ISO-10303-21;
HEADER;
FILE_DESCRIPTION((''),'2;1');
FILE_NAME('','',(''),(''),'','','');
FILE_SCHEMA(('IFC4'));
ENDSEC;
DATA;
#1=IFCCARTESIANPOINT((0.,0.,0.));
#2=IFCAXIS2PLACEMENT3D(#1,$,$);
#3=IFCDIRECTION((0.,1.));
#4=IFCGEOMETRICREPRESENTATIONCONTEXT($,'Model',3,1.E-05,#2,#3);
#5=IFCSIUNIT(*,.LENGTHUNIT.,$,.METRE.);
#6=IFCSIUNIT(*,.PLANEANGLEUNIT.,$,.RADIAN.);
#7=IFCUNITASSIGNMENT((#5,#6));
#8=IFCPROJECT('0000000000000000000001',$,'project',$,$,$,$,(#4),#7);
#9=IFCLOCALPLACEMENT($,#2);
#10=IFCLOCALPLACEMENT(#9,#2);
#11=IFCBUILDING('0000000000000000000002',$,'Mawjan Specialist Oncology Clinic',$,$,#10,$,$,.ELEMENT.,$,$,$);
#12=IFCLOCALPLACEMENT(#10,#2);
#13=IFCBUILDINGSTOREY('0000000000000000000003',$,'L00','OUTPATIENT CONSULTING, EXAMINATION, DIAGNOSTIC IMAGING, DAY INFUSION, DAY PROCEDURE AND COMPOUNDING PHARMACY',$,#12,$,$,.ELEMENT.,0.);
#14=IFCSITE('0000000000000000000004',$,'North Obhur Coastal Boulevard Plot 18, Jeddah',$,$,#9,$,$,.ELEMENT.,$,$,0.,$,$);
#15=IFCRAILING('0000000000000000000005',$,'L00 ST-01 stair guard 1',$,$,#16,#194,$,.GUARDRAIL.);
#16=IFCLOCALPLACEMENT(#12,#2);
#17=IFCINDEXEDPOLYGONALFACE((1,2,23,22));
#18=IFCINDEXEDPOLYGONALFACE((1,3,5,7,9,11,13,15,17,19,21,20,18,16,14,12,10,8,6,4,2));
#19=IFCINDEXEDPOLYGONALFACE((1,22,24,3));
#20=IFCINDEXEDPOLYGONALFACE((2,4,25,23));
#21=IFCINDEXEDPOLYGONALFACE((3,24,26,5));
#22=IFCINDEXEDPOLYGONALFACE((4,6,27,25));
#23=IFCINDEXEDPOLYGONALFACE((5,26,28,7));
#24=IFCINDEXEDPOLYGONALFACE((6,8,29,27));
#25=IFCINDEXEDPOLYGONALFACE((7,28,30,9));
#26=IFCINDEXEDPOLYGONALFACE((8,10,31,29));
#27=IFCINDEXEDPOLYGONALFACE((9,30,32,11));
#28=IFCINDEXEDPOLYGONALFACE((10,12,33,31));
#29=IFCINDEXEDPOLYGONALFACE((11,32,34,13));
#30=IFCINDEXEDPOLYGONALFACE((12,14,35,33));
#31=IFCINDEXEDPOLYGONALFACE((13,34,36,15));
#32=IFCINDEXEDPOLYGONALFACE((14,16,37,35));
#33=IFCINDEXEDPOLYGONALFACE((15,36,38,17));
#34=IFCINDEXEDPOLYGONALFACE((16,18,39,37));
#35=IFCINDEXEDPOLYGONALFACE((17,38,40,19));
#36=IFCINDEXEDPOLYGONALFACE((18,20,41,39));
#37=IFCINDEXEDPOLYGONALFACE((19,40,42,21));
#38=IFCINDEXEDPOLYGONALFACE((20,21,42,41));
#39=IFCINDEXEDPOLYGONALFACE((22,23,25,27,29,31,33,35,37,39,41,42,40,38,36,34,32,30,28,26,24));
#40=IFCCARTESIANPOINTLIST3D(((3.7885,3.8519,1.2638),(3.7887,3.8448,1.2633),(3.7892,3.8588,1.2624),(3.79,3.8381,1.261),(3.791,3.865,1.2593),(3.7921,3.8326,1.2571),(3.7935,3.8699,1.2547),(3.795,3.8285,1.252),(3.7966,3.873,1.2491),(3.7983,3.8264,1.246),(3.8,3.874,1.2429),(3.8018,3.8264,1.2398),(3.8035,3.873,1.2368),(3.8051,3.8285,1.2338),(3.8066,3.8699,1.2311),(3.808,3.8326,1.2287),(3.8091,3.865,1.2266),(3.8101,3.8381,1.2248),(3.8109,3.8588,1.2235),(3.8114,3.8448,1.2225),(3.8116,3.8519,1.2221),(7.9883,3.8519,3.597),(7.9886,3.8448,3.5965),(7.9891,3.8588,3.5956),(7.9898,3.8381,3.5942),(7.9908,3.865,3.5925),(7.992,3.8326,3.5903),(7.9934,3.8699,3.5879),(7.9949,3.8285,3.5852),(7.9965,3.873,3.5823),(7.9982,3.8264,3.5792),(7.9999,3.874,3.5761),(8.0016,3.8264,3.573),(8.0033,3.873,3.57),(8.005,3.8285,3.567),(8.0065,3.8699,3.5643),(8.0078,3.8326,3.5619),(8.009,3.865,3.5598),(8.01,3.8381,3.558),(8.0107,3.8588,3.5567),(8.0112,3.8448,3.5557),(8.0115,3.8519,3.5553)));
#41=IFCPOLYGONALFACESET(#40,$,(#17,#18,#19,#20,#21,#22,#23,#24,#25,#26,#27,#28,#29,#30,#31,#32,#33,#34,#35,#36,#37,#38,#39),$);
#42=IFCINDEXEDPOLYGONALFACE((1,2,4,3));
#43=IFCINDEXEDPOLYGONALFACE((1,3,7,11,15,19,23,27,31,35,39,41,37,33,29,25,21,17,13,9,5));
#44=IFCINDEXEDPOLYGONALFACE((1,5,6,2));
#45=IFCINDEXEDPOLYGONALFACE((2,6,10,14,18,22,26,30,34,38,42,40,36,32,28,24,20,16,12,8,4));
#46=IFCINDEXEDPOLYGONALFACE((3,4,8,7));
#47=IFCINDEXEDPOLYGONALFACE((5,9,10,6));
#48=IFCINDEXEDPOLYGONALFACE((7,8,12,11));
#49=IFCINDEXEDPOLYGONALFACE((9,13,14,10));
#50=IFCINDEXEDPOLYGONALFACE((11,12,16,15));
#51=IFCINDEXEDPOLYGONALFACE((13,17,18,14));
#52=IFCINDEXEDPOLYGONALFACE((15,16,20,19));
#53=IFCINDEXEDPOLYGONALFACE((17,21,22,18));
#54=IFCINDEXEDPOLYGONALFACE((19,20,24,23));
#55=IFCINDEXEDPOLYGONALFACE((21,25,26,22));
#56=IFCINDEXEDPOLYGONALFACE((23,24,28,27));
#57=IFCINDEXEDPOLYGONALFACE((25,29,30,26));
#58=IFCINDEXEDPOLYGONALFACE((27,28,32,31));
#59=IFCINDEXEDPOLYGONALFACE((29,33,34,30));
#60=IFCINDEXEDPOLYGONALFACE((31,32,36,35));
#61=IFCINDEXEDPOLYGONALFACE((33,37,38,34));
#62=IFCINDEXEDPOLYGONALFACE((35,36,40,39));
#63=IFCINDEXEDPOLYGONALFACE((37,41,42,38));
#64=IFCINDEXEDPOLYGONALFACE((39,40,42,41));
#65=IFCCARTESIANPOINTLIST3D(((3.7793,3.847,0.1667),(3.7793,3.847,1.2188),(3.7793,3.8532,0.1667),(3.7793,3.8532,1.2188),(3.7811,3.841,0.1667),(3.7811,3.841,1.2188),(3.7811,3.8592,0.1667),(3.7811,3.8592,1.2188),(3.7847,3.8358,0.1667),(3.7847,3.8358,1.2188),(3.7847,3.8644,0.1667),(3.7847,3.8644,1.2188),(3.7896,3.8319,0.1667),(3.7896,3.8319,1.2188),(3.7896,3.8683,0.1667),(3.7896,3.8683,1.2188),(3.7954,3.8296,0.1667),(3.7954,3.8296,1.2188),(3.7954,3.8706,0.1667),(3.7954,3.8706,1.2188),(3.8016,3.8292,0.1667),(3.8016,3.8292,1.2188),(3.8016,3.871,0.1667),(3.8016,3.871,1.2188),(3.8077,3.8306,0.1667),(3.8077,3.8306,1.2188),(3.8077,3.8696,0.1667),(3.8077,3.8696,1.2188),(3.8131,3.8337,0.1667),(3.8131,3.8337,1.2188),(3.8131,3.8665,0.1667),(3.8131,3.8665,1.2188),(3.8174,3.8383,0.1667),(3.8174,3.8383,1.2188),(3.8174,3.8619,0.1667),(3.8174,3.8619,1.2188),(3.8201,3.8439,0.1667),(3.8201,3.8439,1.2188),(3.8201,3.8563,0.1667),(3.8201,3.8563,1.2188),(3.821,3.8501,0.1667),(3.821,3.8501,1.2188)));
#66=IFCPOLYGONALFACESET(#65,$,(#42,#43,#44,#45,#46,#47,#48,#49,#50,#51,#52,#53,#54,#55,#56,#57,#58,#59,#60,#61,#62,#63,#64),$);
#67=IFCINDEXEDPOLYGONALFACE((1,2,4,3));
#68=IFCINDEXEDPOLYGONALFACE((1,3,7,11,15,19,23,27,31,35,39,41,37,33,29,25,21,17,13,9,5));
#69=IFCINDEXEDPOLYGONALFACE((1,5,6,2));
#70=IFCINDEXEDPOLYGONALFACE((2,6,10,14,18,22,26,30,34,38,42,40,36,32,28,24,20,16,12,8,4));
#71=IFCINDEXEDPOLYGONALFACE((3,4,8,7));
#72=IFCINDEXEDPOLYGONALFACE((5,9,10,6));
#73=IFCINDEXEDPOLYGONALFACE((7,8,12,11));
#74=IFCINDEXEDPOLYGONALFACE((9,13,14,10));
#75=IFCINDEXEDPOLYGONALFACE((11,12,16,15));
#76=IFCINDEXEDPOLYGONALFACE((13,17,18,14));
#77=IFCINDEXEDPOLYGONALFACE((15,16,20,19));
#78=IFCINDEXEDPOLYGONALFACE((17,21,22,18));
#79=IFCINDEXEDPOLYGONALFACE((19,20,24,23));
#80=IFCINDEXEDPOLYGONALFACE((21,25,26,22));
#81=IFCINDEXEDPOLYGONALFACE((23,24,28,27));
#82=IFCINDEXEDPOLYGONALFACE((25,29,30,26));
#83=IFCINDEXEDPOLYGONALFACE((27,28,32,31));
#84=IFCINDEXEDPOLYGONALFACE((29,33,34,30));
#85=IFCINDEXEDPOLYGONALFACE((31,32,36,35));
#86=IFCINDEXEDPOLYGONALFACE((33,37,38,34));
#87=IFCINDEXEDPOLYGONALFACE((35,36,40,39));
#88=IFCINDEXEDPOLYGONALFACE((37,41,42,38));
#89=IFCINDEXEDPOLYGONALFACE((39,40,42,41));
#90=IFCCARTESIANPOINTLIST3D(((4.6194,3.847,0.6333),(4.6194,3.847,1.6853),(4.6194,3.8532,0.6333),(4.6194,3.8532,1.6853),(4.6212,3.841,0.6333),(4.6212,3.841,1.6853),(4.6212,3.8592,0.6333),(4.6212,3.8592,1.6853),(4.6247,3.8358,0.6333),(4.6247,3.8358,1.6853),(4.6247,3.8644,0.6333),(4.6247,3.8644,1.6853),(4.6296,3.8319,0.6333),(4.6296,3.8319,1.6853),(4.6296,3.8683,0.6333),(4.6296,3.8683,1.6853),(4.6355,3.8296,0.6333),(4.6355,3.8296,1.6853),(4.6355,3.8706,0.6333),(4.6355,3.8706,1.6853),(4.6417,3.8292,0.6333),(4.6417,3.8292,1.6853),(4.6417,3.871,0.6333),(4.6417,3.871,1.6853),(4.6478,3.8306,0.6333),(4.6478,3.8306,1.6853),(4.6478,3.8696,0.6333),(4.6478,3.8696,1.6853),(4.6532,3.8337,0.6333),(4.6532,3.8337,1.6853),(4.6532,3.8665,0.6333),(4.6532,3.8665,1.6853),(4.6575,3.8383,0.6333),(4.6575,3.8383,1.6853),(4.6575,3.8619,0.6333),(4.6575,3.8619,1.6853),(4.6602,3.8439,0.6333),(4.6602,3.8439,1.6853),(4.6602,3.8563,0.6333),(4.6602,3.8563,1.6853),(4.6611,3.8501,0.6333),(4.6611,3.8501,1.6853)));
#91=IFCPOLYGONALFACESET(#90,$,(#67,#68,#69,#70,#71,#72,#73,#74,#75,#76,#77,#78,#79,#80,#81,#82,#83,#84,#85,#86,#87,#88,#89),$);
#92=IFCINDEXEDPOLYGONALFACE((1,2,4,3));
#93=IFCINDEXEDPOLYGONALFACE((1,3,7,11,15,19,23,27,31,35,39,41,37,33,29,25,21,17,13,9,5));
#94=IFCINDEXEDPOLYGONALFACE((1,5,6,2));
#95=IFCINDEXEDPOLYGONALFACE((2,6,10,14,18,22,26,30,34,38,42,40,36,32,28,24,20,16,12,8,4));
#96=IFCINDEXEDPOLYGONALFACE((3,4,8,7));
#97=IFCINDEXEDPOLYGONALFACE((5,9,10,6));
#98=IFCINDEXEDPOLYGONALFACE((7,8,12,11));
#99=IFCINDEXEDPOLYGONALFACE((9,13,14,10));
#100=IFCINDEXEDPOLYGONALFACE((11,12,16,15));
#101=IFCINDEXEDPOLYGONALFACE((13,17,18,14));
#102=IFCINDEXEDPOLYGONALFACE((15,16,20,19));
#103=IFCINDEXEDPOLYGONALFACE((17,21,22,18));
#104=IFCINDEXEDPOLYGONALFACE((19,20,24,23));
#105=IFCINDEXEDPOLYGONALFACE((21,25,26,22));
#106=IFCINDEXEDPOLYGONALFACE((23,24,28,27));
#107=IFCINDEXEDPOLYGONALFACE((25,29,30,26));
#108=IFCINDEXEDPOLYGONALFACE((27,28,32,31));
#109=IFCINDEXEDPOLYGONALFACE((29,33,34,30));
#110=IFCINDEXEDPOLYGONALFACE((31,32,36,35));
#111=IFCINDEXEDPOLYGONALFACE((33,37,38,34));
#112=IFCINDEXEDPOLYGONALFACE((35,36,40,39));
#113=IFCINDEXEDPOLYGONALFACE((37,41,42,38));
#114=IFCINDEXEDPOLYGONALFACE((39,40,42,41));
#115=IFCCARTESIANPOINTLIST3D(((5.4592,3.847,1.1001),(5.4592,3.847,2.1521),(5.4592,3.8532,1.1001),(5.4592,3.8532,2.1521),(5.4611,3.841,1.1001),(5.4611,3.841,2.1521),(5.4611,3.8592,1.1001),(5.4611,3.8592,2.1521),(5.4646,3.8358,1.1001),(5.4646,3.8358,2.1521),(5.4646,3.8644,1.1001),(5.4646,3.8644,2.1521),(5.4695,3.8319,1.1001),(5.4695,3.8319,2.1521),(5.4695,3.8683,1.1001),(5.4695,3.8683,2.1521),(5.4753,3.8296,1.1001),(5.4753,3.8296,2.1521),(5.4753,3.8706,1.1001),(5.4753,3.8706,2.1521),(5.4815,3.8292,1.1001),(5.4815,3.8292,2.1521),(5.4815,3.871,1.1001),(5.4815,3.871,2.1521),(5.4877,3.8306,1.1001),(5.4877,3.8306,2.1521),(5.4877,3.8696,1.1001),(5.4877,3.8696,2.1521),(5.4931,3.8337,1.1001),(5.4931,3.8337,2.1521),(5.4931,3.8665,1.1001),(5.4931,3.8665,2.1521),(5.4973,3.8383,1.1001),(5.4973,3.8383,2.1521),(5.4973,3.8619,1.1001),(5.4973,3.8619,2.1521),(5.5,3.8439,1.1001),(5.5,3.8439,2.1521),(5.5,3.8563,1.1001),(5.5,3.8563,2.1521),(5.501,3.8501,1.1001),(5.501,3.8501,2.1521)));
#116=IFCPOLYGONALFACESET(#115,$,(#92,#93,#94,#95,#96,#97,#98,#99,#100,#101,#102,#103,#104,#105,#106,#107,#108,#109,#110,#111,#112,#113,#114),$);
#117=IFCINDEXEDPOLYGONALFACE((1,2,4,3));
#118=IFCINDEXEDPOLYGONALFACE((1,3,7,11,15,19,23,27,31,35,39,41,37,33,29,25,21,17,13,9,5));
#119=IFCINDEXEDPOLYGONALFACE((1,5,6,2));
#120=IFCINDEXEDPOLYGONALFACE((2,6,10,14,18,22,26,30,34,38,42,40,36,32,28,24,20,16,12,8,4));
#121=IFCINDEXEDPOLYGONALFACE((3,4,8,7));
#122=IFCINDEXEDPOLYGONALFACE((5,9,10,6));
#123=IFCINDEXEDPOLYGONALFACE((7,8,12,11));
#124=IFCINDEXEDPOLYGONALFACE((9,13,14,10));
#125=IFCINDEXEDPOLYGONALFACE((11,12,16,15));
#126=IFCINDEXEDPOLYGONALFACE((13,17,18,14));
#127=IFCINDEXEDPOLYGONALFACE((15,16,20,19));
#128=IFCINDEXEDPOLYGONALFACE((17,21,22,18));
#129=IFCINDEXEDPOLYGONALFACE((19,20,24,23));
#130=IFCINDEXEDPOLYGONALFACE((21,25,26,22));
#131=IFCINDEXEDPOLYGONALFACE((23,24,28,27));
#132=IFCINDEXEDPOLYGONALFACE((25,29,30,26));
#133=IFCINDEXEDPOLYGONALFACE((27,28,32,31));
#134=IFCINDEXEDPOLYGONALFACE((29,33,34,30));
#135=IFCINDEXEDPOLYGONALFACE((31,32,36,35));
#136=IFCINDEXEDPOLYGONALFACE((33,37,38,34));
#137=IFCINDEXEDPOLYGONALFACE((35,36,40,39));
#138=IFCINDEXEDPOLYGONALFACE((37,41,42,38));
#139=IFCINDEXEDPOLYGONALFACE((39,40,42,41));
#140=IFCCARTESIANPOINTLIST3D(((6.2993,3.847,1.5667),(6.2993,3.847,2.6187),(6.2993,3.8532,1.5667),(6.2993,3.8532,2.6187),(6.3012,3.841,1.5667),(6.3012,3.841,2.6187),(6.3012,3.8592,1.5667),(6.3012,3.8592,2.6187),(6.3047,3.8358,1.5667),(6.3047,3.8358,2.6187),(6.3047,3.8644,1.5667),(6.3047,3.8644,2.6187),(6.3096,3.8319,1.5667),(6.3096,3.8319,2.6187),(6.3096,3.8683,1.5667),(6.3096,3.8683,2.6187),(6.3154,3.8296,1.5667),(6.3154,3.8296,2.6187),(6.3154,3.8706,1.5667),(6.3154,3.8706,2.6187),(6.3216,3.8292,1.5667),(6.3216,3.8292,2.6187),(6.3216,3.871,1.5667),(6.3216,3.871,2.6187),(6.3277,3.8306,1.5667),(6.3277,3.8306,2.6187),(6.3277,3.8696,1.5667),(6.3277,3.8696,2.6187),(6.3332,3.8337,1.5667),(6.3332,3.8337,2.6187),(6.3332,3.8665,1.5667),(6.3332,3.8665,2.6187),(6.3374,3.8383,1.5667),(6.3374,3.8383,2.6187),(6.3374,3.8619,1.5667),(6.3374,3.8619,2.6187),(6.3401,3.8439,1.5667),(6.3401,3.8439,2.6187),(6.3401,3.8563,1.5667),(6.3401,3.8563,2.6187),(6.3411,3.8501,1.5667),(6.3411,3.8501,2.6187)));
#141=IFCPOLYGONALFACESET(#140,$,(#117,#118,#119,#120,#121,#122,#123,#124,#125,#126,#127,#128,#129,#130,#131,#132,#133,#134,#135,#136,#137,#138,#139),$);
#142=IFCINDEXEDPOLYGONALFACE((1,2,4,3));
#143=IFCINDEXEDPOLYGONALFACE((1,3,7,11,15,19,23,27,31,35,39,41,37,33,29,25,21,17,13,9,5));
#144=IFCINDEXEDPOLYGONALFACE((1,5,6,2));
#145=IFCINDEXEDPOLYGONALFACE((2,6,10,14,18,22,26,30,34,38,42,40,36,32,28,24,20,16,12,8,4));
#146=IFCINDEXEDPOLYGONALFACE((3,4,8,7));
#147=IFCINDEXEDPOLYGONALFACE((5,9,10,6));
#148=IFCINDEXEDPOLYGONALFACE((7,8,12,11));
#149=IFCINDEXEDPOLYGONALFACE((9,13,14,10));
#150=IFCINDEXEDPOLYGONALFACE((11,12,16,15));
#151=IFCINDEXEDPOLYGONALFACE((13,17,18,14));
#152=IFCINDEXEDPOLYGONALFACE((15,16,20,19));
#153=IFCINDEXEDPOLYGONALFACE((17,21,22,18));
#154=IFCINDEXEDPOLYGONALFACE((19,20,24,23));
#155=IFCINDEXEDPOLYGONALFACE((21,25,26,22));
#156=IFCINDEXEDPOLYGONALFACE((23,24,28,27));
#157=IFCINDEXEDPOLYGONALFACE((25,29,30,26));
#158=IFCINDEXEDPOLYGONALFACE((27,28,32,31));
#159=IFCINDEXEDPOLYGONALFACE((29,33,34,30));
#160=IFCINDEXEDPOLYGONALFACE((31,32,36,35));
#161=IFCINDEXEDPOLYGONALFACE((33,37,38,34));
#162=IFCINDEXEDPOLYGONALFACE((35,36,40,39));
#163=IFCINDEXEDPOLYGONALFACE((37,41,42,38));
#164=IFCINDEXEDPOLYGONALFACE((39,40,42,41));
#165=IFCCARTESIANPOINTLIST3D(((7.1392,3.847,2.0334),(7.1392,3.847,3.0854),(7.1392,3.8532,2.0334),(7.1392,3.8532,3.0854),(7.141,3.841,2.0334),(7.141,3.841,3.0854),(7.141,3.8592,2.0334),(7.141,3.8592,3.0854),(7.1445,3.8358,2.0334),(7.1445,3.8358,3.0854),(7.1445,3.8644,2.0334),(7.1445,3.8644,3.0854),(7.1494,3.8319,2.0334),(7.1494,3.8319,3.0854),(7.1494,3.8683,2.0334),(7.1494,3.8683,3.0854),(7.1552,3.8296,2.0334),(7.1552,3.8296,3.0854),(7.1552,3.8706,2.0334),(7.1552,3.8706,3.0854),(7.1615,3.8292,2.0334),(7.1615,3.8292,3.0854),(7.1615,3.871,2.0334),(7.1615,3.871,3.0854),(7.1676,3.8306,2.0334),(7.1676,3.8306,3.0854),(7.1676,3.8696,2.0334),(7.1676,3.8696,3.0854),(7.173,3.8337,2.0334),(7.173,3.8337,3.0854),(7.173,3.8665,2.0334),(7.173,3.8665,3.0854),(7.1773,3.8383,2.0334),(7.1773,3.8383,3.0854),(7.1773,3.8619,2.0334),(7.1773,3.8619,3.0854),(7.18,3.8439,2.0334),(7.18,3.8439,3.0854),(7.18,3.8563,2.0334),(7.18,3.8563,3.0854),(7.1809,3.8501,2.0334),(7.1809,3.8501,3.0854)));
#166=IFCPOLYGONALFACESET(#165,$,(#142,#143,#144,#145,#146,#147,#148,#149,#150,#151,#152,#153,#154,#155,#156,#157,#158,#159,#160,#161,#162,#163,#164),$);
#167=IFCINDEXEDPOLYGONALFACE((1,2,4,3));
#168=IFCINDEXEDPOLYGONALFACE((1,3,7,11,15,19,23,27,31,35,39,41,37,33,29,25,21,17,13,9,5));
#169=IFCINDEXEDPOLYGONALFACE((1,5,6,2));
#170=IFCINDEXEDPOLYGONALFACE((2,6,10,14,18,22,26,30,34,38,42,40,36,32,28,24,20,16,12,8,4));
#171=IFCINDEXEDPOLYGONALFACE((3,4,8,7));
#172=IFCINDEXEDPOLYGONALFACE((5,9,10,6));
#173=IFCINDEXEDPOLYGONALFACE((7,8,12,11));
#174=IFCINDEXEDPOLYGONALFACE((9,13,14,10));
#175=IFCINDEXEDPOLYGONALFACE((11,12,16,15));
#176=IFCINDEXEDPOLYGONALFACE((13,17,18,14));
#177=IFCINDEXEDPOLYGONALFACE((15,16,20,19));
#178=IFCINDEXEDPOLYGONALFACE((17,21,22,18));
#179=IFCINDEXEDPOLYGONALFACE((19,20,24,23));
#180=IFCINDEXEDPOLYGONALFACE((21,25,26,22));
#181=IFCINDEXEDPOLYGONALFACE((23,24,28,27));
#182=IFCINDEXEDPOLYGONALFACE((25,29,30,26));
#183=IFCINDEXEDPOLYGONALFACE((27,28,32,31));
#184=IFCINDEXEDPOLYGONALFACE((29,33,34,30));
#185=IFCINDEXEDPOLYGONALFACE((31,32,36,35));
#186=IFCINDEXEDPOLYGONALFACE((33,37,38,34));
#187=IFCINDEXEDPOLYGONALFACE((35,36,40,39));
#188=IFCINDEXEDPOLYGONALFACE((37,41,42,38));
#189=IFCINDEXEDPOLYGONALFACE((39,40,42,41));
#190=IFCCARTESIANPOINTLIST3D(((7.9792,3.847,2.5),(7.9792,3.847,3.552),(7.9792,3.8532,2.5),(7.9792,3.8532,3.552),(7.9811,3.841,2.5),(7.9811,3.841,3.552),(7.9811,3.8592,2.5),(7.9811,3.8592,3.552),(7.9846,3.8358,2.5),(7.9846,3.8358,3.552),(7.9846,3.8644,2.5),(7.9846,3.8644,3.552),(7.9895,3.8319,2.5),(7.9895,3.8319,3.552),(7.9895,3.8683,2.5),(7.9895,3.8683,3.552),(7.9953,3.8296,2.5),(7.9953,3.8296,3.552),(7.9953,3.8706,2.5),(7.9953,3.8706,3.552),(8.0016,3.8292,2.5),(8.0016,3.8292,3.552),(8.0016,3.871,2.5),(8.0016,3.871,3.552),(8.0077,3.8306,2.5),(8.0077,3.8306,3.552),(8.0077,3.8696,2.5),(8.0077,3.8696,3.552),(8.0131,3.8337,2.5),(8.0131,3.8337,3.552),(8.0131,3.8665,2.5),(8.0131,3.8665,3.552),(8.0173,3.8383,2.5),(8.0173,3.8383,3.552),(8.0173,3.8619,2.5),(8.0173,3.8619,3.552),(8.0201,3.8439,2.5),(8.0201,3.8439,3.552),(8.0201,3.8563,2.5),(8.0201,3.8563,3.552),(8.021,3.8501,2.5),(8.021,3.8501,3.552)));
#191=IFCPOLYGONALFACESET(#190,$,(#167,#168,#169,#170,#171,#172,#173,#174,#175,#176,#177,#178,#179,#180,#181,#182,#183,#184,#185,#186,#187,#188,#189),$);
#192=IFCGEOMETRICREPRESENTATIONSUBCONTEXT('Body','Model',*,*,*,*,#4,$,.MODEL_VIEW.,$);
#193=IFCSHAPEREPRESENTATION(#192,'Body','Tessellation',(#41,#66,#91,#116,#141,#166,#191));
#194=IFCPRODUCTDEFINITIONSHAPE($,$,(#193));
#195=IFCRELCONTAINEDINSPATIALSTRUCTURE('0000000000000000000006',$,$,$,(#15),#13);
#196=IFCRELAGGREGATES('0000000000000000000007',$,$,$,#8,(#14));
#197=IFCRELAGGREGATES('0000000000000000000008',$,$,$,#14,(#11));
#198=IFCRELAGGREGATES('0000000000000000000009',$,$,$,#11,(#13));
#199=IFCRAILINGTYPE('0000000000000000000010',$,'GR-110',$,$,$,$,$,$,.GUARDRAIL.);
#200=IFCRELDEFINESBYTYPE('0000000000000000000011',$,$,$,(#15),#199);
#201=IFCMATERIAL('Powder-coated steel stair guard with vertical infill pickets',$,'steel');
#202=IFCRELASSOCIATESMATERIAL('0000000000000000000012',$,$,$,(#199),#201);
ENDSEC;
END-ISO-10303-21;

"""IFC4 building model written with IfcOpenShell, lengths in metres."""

from ifc_helpers import new_model, si_unit, direction, frame, origin, origin_2d, place, context, subcontext, project, spatial, circle, extrude, material, type_object, element, save


model = new_model("IFC4")

# Units and contexts
model_context = context("Model", 3, precision=1e-05, world=origin(), true_north=direction((0.0, 1.0)))
body_context = subcontext(model_context, "Body", "Model", "MODEL_VIEW")
ifc_project = project(units=[si_unit("LENGTHUNIT", "METRE"), si_unit("PLANEANGLEUNIT", "RADIAN")], contexts=[model_context])

# Site, building, storey
site_placement = place(None, origin())
site = spatial("IfcSite", under=ifc_project, at=site_placement, Name="North Obhur Coastal Boulevard Plot 18, Jeddah", CompositionType="ELEMENT", RefElevation=0.0)
building_placement = place(site_placement, origin())
building = spatial("IfcBuilding", under=site, at=building_placement, Name="Mawjan Specialist Oncology Clinic", CompositionType="ELEMENT")
storey_placement = place(building_placement, origin())
storey = spatial("IfcBuildingStorey", under=building, at=storey_placement, Name="L00", Description="OUTPATIENT CONSULTING, EXAMINATION, DIAGNOSTIC IMAGING, DAY INFUSION, DAY PROCEDURE AND COMPOUNDING PHARMACY", CompositionType="ELEMENT", Elevation=0.0)

# Railing
ifc_material_1 = material(Name="Powder-coated steel stair guard with vertical infill pickets", Category="steel")
railing_type = type_object("IfcRailingType", Name="GR-110", PredefinedType="GUARDRAIL", material=ifc_material_1)
railing_1_placement = place(storey_placement, frame((3.8, 3.8501, 0.1667)))
element("IfcRailing", 1, at=railing_1_placement, inside=storey, type_object=railing_type, Name="L00 ST-01 stair guard 1", PredefinedType="GUARDRAIL", context=body_context, shape_type="SweptSolid", body=[
    extrude(circle(Radius=0.0239, at=origin_2d()), frame((0.0, 0.0, 1.0762), z_axis=(0.874162, 0.0, 0.485634), x_axis=(0.0, 1.0, 0.0)), (0.0, 0.0, 1.0), 4.8044),
    extrude(circle(Radius=0.021, at=origin_2d()), origin(), (0.0, 0.0, 1.0), 1.052),
    extrude(circle(Radius=0.021, at=origin_2d()), frame((0.8401, 0.0, 0.4666)), (0.0, 0.0, 1.0), 1.052),
    extrude(circle(Radius=0.021, at=origin_2d()), frame((1.6799, 0.0, 0.9333)), (0.0, 0.0, 1.0), 1.052),
    extrude(circle(Radius=0.021, at=origin_2d()), frame((2.52, 0.0, 1.3999)), (0.0, 0.0, 1.0), 1.052),
    extrude(circle(Radius=0.021, at=origin_2d()), frame((3.3599, 0.0, 1.8667)), (0.0, 0.0, 1.0), 1.052),
    extrude(circle(Radius=0.021, at=origin_2d()), frame((4.2, 0.0, 2.3333)), (0.0, 0.0, 1.0), 1.052),
])

save(model, "model.ifc")
